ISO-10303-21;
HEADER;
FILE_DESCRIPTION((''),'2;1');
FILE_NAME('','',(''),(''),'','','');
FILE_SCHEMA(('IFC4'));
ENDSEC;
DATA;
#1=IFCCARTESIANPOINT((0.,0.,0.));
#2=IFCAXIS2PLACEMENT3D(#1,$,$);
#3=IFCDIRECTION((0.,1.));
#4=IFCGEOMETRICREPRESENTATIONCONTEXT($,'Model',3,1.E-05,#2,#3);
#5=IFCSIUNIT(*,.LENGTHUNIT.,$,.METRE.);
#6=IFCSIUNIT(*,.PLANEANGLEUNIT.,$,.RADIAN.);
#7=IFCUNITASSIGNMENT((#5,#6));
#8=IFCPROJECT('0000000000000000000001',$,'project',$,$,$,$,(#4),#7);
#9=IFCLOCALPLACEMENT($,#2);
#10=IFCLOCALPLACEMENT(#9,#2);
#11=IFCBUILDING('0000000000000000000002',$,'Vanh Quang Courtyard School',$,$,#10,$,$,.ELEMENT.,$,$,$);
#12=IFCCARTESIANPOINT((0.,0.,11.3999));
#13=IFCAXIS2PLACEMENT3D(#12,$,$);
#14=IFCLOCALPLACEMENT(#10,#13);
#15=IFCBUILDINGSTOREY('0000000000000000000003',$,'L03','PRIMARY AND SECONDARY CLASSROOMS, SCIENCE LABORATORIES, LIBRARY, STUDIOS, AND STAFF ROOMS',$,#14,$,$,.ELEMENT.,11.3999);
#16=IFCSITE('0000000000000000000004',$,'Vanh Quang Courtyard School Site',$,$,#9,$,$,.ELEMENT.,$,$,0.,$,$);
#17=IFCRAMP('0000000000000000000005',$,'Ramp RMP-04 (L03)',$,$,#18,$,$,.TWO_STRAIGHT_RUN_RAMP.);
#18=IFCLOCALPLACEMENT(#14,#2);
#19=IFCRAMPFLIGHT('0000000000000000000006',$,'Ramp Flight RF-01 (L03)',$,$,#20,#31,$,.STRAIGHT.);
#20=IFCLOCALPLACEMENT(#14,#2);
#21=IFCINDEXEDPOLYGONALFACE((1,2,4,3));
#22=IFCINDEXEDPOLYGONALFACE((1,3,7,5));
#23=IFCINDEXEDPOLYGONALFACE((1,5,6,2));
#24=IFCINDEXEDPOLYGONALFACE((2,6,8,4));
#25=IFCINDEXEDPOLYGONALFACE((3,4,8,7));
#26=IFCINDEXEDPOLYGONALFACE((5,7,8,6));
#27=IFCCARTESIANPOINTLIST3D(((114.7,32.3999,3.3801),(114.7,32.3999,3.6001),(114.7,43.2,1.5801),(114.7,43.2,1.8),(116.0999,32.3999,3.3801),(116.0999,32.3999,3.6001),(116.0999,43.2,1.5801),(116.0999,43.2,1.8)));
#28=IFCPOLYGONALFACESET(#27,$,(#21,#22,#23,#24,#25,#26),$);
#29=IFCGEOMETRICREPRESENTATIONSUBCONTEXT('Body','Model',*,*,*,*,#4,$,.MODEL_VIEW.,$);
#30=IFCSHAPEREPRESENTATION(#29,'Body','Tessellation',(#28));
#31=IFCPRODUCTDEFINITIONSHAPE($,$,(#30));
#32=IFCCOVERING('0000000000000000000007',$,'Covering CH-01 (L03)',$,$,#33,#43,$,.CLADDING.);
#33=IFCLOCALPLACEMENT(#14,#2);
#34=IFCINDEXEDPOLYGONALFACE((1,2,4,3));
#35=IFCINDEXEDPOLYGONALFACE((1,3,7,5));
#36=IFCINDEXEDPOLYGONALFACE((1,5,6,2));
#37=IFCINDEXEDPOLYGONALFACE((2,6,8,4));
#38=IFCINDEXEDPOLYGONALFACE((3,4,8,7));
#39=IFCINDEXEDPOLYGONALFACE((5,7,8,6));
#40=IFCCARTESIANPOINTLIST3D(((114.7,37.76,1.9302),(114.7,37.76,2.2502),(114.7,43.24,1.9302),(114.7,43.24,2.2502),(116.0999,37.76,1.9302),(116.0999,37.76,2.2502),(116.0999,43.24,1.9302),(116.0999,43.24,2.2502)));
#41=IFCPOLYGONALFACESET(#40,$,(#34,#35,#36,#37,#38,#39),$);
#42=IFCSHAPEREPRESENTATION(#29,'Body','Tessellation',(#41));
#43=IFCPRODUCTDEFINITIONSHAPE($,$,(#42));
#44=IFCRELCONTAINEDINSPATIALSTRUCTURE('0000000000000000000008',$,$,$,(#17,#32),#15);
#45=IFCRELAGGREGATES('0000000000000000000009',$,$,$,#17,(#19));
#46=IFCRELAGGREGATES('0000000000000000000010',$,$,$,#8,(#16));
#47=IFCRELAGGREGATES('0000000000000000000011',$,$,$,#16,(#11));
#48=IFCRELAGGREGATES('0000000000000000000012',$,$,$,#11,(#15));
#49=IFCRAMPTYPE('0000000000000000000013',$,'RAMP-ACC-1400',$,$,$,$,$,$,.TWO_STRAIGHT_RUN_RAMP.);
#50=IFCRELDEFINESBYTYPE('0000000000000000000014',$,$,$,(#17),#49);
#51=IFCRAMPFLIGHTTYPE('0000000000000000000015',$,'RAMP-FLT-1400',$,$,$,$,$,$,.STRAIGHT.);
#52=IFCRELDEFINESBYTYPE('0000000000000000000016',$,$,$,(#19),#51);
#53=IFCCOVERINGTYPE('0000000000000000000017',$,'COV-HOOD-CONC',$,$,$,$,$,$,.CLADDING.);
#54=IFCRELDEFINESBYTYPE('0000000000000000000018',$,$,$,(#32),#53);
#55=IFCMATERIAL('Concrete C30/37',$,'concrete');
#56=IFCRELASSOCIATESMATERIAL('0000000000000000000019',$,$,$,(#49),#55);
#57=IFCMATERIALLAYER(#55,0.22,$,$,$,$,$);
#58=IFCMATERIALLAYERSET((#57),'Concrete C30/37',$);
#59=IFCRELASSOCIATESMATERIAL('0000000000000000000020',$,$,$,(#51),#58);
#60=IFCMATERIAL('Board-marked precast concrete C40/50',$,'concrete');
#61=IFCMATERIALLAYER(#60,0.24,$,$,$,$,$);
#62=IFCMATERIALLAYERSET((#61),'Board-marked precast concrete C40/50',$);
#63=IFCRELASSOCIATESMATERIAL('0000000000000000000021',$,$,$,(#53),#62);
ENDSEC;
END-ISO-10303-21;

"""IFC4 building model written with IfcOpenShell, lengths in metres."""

from ifc_helpers import new_model, si_unit, direction, frame, origin, origin_2d, place, context, subcontext, project, spatial, polyline, rectangle, outline, extrude, material, layer, layer_set, type_object, element, aggregate, save


model = new_model("IFC4")

# Units and contexts
model_context = context("Model", 3, precision=1e-05, world=origin(), true_north=direction((0.0, 1.0)))
body_context = subcontext(model_context, "Body", "Model", "MODEL_VIEW")
ifc_project = project(units=[si_unit("LENGTHUNIT", "METRE"), si_unit("PLANEANGLEUNIT", "RADIAN")], contexts=[model_context])

# Site, building, storey
site_placement = place(None, origin())
site = spatial("IfcSite", under=ifc_project, at=site_placement, Name="Vanh Quang Courtyard School Site", CompositionType="ELEMENT", RefElevation=0.0)
building_placement = place(site_placement, origin())
building = spatial("IfcBuilding", under=site, at=building_placement, Name="Vanh Quang Courtyard School", CompositionType="ELEMENT")
storey_placement = place(building_placement, frame((0.0, 0.0, 11.3999)))
storey = spatial("IfcBuildingStorey", under=building, at=storey_placement, Name="L03", Description="PRIMARY AND SECONDARY CLASSROOMS, SCIENCE LABORATORIES, LIBRARY, STUDIOS, AND STAFF ROOMS", CompositionType="ELEMENT", Elevation=11.3999)

# Ramp, ramp flight
ifc_material_1 = material(Name="Concrete C30/37", Category="concrete")
ramp_type = type_object("IfcRampType", Name="RAMP-ACC-1400", PredefinedType="TWO_STRAIGHT_RUN_RAMP", material=ifc_material_1)
ramp_placement = place(storey_placement, origin())
ramp = element("IfcRamp", 1, at=ramp_placement, inside=storey, type_object=ramp_type, Name="Ramp RMP-04 (L03)", PredefinedType="TWO_STRAIGHT_RUN_RAMP")
ifc_layer_1 = layer(ifc_material_1, 0.22)
ifc_layer_set_1 = layer_set([ifc_layer_1], Name="Concrete C30/37")
ramp_flight_type = type_object("IfcRampFlightType", Name="RAMP-FLT-1400", PredefinedType="STRAIGHT", material=ifc_layer_set_1)
ramp_flight_placement = place(storey_placement, frame((115.3999, 43.2, 1.8), z_axis=(0.0, 0.0, 1.0), x_axis=(0.0, -1.0, 0.0)))
ramp_flight = element("IfcRampFlight", 2, at=ramp_flight_placement, type_object=ramp_flight_type, Name="Ramp Flight RF-01 (L03)", PredefinedType="STRAIGHT", context=body_context, shape_type="SweptSolid", body=[
    extrude(outline(polyline([(0.0, 0.0), (10.8, 1.8), (10.8, 1.5801), (0.0, -0.22), (0.0, 0.0)])), frame((0.0, 0.7, 0.0), z_axis=(0.0, -1.0, 0.0), x_axis=(1.0, 0.0, 0.0)), (0.0, 0.0, 1.0), 1.3999),
])
aggregate(ramp, [ramp_flight])

# Covering
ifc_material_2 = material(Name="Board-marked precast concrete C40/50", Category="concrete")
ifc_layer_2 = layer(ifc_material_2, 0.24)
ifc_layer_set_2 = layer_set([ifc_layer_2], Name="Board-marked precast concrete C40/50")
covering_type = type_object("IfcCoveringType", Name="COV-HOOD-CONC", PredefinedType="CLADDING", material=ifc_layer_set_2)
covering_placement = place(storey_placement, frame((115.3999, 40.5, 1.9302), z_axis=(0.0, 0.0, 1.0), x_axis=(1.0, 0.0, 0.0)))
element("IfcCovering", 3, at=covering_placement, inside=storey, type_object=covering_type, Name="Covering CH-01 (L03)", PredefinedType="CLADDING", context=body_context, shape_type="SweptSolid", body=[
    extrude(rectangle(XDim=1.3999, YDim=5.48, at=origin_2d()), origin(), (0.0, 0.0, 1.0), 0.3201),
])

save(model, "model.ifc")
